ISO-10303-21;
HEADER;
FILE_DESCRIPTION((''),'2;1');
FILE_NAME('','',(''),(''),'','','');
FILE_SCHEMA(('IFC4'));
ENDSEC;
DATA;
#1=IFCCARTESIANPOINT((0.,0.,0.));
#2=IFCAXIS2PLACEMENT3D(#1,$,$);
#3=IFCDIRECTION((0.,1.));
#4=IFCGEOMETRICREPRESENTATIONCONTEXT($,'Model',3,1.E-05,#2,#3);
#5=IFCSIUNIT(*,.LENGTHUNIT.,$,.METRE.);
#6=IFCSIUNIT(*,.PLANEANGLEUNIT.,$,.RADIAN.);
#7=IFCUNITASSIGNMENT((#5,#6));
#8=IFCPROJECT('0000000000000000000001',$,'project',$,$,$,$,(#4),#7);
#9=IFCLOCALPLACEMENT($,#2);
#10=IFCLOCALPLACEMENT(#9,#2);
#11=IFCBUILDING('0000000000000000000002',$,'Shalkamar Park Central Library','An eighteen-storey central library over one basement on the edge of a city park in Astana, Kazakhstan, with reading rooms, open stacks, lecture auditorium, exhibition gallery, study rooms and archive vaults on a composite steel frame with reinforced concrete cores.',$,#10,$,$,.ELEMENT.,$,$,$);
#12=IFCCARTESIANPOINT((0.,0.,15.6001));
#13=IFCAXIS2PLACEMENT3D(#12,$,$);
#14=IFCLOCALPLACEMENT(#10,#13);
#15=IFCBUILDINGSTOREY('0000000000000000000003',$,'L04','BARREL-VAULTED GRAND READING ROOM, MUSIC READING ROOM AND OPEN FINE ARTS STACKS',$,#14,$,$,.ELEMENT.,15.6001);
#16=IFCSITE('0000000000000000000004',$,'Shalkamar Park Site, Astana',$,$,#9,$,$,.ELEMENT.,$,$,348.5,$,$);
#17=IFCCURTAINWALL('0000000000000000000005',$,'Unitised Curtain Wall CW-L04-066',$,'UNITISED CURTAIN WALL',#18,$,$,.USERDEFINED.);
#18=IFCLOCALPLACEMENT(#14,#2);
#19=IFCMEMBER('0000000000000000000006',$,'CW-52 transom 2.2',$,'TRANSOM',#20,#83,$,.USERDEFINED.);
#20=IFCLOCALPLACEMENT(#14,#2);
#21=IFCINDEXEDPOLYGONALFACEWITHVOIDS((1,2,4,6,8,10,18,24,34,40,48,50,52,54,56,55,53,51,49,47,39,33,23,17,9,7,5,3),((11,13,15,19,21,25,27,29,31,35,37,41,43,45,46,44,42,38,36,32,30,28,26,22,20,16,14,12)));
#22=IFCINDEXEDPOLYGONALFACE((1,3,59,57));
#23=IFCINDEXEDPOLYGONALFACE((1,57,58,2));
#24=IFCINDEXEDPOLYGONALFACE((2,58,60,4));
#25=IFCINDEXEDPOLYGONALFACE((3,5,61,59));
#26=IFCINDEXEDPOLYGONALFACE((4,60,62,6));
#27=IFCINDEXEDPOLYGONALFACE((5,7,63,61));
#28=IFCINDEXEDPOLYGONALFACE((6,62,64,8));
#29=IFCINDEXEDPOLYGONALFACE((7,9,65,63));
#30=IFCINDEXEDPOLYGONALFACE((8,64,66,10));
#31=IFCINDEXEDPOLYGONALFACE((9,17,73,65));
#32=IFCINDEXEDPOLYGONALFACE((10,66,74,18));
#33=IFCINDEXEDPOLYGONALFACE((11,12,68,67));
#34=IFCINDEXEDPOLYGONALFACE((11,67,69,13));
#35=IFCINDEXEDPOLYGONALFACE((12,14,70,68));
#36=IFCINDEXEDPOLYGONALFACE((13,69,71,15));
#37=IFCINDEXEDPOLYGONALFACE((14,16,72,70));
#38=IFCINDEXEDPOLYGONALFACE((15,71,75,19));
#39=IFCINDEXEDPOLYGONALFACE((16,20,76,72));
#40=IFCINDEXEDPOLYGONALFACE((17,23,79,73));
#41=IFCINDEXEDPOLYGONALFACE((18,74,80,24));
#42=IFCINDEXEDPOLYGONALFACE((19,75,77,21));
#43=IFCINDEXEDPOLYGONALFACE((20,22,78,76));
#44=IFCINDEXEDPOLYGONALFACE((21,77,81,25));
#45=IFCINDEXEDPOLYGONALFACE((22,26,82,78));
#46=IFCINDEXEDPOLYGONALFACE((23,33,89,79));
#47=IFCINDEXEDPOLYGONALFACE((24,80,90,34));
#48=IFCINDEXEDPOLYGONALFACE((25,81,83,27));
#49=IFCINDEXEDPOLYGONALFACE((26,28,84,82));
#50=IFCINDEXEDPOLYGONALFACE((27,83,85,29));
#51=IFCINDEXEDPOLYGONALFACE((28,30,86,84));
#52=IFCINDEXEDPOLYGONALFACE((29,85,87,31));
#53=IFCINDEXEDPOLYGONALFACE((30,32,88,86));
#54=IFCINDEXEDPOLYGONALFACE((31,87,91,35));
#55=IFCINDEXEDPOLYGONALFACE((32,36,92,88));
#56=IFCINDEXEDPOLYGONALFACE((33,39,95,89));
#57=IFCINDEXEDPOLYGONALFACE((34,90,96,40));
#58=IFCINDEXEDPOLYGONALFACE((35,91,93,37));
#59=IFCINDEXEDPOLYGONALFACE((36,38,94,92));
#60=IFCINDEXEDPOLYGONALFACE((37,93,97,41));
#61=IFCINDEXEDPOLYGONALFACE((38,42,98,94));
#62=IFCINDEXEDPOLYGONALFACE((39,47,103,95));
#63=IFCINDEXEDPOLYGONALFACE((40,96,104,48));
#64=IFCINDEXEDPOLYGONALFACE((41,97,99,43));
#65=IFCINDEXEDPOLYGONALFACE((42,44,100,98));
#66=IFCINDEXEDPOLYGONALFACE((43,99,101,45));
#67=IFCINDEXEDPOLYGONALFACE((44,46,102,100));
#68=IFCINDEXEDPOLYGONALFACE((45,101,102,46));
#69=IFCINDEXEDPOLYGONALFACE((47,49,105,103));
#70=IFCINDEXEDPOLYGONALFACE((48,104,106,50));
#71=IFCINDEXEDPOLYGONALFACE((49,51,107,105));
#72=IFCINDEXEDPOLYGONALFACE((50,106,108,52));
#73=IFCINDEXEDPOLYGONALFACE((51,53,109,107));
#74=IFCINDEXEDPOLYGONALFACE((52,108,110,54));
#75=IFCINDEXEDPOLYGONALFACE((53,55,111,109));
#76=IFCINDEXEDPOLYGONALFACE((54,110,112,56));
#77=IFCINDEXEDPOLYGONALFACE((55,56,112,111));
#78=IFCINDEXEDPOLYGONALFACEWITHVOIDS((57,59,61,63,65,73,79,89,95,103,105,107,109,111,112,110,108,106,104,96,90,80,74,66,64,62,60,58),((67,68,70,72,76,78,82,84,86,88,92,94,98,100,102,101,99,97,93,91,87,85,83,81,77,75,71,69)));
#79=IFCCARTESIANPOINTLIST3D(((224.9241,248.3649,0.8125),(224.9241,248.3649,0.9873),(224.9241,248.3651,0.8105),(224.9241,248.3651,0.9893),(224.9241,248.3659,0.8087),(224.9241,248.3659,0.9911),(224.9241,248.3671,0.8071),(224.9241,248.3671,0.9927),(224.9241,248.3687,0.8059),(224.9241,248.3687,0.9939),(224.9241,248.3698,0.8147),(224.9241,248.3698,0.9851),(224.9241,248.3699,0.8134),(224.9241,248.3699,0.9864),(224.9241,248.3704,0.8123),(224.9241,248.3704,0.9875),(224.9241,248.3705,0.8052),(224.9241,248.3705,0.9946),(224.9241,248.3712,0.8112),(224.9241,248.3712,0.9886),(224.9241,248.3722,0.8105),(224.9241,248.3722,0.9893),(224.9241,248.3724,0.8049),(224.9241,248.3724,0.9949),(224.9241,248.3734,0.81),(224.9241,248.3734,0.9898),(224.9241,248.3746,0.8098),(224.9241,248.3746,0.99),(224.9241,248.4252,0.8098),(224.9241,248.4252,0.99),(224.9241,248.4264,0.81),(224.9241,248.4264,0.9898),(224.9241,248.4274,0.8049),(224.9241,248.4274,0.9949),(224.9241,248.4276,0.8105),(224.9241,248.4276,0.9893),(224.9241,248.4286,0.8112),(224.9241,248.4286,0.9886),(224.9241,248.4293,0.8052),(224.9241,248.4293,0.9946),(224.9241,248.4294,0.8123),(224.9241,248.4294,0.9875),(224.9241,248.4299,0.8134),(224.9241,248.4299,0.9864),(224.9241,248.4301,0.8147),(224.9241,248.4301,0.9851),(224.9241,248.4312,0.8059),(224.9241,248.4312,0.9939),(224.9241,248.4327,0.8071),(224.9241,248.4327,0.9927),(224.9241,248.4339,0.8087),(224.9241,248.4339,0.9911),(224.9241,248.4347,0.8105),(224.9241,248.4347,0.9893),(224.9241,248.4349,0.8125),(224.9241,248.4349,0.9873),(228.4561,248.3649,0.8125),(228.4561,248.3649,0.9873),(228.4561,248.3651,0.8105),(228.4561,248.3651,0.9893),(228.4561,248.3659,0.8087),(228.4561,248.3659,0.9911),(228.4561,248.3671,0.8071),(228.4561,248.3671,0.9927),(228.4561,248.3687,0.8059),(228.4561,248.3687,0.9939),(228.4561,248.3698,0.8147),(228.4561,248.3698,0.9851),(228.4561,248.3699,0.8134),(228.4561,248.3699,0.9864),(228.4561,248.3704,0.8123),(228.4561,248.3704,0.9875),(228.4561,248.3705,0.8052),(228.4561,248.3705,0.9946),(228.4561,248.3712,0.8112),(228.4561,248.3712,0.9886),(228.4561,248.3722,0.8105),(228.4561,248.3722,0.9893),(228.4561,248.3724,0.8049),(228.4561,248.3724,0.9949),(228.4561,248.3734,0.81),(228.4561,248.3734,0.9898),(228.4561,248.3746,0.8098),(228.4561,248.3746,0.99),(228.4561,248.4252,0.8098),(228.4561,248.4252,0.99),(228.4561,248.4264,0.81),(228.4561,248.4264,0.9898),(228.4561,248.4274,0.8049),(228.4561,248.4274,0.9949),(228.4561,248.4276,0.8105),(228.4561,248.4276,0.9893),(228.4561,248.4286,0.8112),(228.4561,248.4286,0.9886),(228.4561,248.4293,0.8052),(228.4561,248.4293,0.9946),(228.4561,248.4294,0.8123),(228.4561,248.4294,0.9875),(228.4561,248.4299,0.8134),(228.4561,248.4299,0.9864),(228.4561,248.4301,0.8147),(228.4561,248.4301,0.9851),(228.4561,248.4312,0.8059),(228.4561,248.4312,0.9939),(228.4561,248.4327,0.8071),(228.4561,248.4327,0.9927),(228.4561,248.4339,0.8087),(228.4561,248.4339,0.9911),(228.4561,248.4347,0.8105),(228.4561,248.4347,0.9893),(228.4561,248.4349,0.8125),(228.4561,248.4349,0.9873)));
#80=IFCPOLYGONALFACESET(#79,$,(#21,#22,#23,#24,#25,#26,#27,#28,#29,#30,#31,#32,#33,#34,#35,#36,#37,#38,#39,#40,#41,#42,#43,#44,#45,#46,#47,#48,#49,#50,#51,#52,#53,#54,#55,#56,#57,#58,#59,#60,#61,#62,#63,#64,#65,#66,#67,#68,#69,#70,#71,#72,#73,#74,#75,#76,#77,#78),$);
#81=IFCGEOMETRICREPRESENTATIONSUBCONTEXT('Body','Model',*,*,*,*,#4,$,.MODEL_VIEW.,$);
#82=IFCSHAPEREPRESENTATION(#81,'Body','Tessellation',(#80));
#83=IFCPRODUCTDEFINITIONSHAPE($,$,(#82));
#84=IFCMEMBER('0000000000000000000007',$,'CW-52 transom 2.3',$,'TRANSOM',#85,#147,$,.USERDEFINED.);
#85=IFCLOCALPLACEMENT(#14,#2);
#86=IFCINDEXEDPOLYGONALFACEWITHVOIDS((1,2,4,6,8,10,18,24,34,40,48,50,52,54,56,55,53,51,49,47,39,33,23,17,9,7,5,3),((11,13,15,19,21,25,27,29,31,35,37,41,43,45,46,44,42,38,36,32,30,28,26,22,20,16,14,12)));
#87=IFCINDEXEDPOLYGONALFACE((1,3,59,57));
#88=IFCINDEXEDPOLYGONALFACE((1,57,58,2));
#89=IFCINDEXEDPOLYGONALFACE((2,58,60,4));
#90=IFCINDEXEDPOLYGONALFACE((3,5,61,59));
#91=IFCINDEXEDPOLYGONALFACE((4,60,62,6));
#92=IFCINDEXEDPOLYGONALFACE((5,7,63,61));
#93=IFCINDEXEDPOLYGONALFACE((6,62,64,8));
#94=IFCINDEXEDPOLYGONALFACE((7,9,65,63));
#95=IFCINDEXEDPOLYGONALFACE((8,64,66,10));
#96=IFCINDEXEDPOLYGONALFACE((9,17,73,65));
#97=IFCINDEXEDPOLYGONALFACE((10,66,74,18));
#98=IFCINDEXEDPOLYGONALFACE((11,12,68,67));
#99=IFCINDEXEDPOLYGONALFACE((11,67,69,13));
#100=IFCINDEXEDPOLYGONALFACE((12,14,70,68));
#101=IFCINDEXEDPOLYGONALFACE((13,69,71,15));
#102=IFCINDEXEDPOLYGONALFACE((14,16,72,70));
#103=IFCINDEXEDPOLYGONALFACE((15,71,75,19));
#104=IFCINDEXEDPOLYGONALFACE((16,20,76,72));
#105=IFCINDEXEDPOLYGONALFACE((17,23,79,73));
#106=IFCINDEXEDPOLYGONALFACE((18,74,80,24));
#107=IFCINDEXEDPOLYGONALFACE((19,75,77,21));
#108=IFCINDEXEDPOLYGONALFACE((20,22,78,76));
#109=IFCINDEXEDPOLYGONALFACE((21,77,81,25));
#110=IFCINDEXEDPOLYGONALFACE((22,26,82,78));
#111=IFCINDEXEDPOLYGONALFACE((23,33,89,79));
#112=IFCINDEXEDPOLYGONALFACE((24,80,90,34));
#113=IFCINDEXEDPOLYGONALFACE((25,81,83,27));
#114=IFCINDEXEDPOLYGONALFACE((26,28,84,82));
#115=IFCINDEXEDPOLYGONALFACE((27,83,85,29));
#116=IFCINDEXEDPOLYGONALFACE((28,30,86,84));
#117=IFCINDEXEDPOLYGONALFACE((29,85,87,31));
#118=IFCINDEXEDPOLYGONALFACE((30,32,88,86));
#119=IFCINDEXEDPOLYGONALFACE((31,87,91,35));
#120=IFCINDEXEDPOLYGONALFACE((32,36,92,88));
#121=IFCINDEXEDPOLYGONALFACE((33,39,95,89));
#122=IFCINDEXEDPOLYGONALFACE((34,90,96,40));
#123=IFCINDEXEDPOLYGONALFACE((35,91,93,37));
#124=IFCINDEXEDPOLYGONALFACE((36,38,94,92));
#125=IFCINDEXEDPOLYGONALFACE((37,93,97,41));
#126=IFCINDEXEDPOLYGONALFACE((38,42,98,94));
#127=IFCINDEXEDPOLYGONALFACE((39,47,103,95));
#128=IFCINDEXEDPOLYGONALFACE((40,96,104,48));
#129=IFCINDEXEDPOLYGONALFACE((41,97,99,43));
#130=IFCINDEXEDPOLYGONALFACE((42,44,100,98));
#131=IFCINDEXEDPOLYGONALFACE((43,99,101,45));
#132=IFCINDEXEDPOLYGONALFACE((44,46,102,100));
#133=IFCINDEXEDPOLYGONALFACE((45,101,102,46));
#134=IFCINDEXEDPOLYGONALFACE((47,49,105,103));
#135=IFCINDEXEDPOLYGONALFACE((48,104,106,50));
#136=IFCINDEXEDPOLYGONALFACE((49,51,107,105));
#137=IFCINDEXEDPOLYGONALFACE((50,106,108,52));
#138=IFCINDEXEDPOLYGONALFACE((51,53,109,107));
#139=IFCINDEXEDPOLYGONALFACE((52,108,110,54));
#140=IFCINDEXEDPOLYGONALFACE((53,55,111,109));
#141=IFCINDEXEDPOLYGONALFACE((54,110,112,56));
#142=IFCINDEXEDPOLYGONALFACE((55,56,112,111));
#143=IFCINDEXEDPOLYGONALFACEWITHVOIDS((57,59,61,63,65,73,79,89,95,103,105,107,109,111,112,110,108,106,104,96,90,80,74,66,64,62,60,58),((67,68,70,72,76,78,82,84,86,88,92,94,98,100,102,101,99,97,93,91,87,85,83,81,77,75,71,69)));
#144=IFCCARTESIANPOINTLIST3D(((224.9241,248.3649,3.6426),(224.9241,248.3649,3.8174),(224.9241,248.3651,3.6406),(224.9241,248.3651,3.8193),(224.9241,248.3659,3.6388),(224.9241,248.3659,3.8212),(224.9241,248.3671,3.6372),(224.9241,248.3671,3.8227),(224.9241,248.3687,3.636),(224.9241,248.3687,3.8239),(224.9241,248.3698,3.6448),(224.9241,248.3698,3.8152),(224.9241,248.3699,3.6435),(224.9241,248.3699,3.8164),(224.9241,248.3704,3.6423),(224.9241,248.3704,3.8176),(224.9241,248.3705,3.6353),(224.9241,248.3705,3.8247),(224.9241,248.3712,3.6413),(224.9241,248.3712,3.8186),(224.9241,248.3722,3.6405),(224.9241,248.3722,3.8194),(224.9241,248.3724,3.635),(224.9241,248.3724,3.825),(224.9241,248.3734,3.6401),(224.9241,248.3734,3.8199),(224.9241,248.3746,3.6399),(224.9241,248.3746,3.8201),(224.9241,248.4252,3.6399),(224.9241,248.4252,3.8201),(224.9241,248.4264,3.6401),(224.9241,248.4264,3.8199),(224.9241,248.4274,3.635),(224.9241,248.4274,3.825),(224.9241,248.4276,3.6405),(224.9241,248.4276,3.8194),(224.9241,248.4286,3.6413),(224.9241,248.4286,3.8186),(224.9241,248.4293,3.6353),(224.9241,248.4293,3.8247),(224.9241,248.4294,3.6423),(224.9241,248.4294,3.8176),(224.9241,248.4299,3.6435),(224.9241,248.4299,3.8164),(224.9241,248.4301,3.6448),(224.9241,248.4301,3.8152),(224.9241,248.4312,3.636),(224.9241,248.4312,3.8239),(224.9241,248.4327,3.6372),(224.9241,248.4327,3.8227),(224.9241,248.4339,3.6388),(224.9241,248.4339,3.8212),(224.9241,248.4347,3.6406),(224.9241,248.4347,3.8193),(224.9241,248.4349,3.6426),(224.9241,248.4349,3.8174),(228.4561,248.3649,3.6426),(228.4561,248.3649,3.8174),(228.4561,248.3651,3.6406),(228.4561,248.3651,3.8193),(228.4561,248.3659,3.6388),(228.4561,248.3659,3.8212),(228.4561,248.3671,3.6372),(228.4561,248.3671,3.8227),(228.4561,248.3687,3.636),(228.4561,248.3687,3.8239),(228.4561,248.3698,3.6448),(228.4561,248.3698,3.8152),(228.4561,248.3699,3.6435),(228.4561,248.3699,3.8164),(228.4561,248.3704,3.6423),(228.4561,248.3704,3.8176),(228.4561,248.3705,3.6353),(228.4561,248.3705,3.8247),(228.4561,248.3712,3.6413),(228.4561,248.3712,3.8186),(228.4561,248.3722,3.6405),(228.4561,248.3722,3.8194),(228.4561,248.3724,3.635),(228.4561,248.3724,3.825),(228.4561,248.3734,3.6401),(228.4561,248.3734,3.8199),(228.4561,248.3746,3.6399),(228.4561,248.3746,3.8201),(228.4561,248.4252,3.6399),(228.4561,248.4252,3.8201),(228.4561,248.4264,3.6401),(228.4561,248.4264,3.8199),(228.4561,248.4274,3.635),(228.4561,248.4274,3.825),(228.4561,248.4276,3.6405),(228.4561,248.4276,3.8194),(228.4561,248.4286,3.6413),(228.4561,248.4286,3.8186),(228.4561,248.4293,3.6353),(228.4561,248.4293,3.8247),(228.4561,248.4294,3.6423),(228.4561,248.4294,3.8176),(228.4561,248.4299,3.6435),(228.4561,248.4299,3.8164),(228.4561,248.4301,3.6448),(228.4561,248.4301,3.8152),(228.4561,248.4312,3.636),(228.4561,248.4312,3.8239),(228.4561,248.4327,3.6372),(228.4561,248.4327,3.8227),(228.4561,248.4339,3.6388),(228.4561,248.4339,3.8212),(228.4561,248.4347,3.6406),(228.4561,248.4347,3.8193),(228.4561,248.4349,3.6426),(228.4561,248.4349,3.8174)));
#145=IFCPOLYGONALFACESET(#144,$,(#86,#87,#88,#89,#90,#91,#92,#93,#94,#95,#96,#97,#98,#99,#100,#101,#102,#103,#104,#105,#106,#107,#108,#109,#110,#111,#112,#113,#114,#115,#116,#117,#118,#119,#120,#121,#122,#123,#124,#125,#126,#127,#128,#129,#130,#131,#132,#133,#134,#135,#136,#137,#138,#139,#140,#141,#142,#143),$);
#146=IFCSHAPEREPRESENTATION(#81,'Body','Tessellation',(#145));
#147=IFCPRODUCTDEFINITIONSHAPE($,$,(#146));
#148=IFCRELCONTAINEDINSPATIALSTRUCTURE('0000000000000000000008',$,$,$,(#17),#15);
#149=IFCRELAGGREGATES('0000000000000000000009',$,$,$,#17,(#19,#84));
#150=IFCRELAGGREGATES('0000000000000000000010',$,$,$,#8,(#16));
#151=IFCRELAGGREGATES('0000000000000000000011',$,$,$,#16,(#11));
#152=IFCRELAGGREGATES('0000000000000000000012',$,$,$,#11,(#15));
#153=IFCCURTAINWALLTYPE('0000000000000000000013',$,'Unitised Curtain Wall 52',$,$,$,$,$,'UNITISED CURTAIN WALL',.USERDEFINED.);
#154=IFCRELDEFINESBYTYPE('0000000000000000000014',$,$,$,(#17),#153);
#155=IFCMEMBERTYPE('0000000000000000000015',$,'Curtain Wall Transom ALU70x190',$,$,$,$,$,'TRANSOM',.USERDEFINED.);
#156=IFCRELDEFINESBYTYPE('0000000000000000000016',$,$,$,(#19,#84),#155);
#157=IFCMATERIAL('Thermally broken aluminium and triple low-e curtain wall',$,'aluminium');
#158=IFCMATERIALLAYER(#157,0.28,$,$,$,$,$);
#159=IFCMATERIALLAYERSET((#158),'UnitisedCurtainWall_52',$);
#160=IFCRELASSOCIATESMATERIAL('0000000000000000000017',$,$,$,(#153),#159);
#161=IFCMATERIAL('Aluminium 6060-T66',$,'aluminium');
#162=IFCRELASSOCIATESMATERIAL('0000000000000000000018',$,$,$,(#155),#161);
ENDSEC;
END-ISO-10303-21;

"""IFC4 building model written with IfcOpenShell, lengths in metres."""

from ifc_helpers import new_model, si_unit, direction, frame, origin, origin_2d, place, context, subcontext, project, spatial, hollow_rectangle, extrude, material, layer, layer_set, material_profile, profile_set, type_object, element, aggregate, save


model = new_model("IFC4")

# Units and contexts
model_context = context("Model", 3, precision=1e-05, world=origin(), true_north=direction((0.0, 1.0)))
body_context = subcontext(model_context, "Body", "Model", "MODEL_VIEW")
ifc_project = project(units=[si_unit("LENGTHUNIT", "METRE"), si_unit("PLANEANGLEUNIT", "RADIAN")], contexts=[model_context])

# Site, building, storey
site_placement = place(None, origin())
site = spatial("IfcSite", under=ifc_project, at=site_placement, Name="Shalkamar Park Site, Astana", CompositionType="ELEMENT", RefElevation=348.5)
building_placement = place(site_placement, origin())
building = spatial("IfcBuilding", under=site, at=building_placement, Name="Shalkamar Park Central Library", Description="An eighteen-storey central library over one basement on the edge of a city park in Astana, Kazakhstan, with reading rooms, open stacks, lecture auditorium, exhibition gallery, study rooms and archive vaults on a composite steel frame with reinforced concrete cores.", CompositionType="ELEMENT")
storey_placement = place(building_placement, frame((0.0, 0.0, 15.6001)))
storey = spatial("IfcBuildingStorey", under=building, at=storey_placement, Name="L04", Description="BARREL-VAULTED GRAND READING ROOM, MUSIC READING ROOM AND OPEN FINE ARTS STACKS", CompositionType="ELEMENT", Elevation=15.6001)

# Curtain wall, members
ifc_material_1 = material(Name="Thermally broken aluminium and triple low-e curtain wall", Category="aluminium")
ifc_layer_1 = layer(ifc_material_1, 0.28)
ifc_layer_set_1 = layer_set([ifc_layer_1], Name="UnitisedCurtainWall_52")
curtain_wall_type = type_object("IfcCurtainWallType", Name="Unitised Curtain Wall 52", ElementType="UNITISED CURTAIN WALL", PredefinedType="USERDEFINED", material=ifc_layer_set_1)
curtain_wall_placement = place(storey_placement, origin())
curtain_wall = element("IfcCurtainWall", 1, at=curtain_wall_placement, inside=storey, type_object=curtain_wall_type, Name="Unitised Curtain Wall CW-L04-066", ObjectType="UNITISED CURTAIN WALL", PredefinedType="USERDEFINED")
ifc_material_2 = material(Name="Aluminium 6060-T66", Category="aluminium")
ifc_material_profile_1 = material_profile(ifc_material_2, hollow_rectangle(XDim=0.0701, YDim=0.1899, WallThickness=0.0049, InnerFilletRadius=0.0049, OuterFilletRadius=0.0076, at=origin_2d()), Name="ALU 70x190x5")
ifc_profile_set_1 = profile_set([ifc_material_profile_1], Name="Aluminium 6060-T66")
member_type_1 = type_object("IfcMemberType", Name="Curtain Wall Transom ALU70x190", ElementType="TRANSOM", PredefinedType="USERDEFINED", material=ifc_profile_set_1)
member_1_placement = place(storey_placement, frame((224.9241, 248.3999, 0.8999), z_axis=(1.0, 0.0, 0.0), x_axis=(0.0, 1.0, 0.0)))
member_1 = element("IfcMember", 2, at=member_1_placement, type_object=member_type_1, Name="CW-52 transom 2.2", ObjectType="TRANSOM", PredefinedType="USERDEFINED", context=body_context, shape_type="SweptSolid", body=[
    extrude(hollow_rectangle(XDim=0.0701, YDim=0.1899, WallThickness=0.0049, InnerFilletRadius=0.0049, OuterFilletRadius=0.0076, at=origin_2d()), origin(), (0.0, 0.0, 1.0), 3.532),
])
member_2_placement = place(storey_placement, frame((224.9241, 248.3999, 3.73), z_axis=(1.0, 0.0, 0.0), x_axis=(0.0, 1.0, 0.0)))
member_2 = element("IfcMember", 3, at=member_2_placement, type_object=member_type_1, Name="CW-52 transom 2.3", ObjectType="TRANSOM", PredefinedType="USERDEFINED", context=body_context, shape_type="SweptSolid", body=[
    extrude(hollow_rectangle(XDim=0.0701, YDim=0.1899, WallThickness=0.0049, InnerFilletRadius=0.0049, OuterFilletRadius=0.0076, at=origin_2d()), origin(), (0.0, 0.0, 1.0), 3.532),
])

aggregate(curtain_wall, [member_1, member_2])

save(model, "model.ifc")
